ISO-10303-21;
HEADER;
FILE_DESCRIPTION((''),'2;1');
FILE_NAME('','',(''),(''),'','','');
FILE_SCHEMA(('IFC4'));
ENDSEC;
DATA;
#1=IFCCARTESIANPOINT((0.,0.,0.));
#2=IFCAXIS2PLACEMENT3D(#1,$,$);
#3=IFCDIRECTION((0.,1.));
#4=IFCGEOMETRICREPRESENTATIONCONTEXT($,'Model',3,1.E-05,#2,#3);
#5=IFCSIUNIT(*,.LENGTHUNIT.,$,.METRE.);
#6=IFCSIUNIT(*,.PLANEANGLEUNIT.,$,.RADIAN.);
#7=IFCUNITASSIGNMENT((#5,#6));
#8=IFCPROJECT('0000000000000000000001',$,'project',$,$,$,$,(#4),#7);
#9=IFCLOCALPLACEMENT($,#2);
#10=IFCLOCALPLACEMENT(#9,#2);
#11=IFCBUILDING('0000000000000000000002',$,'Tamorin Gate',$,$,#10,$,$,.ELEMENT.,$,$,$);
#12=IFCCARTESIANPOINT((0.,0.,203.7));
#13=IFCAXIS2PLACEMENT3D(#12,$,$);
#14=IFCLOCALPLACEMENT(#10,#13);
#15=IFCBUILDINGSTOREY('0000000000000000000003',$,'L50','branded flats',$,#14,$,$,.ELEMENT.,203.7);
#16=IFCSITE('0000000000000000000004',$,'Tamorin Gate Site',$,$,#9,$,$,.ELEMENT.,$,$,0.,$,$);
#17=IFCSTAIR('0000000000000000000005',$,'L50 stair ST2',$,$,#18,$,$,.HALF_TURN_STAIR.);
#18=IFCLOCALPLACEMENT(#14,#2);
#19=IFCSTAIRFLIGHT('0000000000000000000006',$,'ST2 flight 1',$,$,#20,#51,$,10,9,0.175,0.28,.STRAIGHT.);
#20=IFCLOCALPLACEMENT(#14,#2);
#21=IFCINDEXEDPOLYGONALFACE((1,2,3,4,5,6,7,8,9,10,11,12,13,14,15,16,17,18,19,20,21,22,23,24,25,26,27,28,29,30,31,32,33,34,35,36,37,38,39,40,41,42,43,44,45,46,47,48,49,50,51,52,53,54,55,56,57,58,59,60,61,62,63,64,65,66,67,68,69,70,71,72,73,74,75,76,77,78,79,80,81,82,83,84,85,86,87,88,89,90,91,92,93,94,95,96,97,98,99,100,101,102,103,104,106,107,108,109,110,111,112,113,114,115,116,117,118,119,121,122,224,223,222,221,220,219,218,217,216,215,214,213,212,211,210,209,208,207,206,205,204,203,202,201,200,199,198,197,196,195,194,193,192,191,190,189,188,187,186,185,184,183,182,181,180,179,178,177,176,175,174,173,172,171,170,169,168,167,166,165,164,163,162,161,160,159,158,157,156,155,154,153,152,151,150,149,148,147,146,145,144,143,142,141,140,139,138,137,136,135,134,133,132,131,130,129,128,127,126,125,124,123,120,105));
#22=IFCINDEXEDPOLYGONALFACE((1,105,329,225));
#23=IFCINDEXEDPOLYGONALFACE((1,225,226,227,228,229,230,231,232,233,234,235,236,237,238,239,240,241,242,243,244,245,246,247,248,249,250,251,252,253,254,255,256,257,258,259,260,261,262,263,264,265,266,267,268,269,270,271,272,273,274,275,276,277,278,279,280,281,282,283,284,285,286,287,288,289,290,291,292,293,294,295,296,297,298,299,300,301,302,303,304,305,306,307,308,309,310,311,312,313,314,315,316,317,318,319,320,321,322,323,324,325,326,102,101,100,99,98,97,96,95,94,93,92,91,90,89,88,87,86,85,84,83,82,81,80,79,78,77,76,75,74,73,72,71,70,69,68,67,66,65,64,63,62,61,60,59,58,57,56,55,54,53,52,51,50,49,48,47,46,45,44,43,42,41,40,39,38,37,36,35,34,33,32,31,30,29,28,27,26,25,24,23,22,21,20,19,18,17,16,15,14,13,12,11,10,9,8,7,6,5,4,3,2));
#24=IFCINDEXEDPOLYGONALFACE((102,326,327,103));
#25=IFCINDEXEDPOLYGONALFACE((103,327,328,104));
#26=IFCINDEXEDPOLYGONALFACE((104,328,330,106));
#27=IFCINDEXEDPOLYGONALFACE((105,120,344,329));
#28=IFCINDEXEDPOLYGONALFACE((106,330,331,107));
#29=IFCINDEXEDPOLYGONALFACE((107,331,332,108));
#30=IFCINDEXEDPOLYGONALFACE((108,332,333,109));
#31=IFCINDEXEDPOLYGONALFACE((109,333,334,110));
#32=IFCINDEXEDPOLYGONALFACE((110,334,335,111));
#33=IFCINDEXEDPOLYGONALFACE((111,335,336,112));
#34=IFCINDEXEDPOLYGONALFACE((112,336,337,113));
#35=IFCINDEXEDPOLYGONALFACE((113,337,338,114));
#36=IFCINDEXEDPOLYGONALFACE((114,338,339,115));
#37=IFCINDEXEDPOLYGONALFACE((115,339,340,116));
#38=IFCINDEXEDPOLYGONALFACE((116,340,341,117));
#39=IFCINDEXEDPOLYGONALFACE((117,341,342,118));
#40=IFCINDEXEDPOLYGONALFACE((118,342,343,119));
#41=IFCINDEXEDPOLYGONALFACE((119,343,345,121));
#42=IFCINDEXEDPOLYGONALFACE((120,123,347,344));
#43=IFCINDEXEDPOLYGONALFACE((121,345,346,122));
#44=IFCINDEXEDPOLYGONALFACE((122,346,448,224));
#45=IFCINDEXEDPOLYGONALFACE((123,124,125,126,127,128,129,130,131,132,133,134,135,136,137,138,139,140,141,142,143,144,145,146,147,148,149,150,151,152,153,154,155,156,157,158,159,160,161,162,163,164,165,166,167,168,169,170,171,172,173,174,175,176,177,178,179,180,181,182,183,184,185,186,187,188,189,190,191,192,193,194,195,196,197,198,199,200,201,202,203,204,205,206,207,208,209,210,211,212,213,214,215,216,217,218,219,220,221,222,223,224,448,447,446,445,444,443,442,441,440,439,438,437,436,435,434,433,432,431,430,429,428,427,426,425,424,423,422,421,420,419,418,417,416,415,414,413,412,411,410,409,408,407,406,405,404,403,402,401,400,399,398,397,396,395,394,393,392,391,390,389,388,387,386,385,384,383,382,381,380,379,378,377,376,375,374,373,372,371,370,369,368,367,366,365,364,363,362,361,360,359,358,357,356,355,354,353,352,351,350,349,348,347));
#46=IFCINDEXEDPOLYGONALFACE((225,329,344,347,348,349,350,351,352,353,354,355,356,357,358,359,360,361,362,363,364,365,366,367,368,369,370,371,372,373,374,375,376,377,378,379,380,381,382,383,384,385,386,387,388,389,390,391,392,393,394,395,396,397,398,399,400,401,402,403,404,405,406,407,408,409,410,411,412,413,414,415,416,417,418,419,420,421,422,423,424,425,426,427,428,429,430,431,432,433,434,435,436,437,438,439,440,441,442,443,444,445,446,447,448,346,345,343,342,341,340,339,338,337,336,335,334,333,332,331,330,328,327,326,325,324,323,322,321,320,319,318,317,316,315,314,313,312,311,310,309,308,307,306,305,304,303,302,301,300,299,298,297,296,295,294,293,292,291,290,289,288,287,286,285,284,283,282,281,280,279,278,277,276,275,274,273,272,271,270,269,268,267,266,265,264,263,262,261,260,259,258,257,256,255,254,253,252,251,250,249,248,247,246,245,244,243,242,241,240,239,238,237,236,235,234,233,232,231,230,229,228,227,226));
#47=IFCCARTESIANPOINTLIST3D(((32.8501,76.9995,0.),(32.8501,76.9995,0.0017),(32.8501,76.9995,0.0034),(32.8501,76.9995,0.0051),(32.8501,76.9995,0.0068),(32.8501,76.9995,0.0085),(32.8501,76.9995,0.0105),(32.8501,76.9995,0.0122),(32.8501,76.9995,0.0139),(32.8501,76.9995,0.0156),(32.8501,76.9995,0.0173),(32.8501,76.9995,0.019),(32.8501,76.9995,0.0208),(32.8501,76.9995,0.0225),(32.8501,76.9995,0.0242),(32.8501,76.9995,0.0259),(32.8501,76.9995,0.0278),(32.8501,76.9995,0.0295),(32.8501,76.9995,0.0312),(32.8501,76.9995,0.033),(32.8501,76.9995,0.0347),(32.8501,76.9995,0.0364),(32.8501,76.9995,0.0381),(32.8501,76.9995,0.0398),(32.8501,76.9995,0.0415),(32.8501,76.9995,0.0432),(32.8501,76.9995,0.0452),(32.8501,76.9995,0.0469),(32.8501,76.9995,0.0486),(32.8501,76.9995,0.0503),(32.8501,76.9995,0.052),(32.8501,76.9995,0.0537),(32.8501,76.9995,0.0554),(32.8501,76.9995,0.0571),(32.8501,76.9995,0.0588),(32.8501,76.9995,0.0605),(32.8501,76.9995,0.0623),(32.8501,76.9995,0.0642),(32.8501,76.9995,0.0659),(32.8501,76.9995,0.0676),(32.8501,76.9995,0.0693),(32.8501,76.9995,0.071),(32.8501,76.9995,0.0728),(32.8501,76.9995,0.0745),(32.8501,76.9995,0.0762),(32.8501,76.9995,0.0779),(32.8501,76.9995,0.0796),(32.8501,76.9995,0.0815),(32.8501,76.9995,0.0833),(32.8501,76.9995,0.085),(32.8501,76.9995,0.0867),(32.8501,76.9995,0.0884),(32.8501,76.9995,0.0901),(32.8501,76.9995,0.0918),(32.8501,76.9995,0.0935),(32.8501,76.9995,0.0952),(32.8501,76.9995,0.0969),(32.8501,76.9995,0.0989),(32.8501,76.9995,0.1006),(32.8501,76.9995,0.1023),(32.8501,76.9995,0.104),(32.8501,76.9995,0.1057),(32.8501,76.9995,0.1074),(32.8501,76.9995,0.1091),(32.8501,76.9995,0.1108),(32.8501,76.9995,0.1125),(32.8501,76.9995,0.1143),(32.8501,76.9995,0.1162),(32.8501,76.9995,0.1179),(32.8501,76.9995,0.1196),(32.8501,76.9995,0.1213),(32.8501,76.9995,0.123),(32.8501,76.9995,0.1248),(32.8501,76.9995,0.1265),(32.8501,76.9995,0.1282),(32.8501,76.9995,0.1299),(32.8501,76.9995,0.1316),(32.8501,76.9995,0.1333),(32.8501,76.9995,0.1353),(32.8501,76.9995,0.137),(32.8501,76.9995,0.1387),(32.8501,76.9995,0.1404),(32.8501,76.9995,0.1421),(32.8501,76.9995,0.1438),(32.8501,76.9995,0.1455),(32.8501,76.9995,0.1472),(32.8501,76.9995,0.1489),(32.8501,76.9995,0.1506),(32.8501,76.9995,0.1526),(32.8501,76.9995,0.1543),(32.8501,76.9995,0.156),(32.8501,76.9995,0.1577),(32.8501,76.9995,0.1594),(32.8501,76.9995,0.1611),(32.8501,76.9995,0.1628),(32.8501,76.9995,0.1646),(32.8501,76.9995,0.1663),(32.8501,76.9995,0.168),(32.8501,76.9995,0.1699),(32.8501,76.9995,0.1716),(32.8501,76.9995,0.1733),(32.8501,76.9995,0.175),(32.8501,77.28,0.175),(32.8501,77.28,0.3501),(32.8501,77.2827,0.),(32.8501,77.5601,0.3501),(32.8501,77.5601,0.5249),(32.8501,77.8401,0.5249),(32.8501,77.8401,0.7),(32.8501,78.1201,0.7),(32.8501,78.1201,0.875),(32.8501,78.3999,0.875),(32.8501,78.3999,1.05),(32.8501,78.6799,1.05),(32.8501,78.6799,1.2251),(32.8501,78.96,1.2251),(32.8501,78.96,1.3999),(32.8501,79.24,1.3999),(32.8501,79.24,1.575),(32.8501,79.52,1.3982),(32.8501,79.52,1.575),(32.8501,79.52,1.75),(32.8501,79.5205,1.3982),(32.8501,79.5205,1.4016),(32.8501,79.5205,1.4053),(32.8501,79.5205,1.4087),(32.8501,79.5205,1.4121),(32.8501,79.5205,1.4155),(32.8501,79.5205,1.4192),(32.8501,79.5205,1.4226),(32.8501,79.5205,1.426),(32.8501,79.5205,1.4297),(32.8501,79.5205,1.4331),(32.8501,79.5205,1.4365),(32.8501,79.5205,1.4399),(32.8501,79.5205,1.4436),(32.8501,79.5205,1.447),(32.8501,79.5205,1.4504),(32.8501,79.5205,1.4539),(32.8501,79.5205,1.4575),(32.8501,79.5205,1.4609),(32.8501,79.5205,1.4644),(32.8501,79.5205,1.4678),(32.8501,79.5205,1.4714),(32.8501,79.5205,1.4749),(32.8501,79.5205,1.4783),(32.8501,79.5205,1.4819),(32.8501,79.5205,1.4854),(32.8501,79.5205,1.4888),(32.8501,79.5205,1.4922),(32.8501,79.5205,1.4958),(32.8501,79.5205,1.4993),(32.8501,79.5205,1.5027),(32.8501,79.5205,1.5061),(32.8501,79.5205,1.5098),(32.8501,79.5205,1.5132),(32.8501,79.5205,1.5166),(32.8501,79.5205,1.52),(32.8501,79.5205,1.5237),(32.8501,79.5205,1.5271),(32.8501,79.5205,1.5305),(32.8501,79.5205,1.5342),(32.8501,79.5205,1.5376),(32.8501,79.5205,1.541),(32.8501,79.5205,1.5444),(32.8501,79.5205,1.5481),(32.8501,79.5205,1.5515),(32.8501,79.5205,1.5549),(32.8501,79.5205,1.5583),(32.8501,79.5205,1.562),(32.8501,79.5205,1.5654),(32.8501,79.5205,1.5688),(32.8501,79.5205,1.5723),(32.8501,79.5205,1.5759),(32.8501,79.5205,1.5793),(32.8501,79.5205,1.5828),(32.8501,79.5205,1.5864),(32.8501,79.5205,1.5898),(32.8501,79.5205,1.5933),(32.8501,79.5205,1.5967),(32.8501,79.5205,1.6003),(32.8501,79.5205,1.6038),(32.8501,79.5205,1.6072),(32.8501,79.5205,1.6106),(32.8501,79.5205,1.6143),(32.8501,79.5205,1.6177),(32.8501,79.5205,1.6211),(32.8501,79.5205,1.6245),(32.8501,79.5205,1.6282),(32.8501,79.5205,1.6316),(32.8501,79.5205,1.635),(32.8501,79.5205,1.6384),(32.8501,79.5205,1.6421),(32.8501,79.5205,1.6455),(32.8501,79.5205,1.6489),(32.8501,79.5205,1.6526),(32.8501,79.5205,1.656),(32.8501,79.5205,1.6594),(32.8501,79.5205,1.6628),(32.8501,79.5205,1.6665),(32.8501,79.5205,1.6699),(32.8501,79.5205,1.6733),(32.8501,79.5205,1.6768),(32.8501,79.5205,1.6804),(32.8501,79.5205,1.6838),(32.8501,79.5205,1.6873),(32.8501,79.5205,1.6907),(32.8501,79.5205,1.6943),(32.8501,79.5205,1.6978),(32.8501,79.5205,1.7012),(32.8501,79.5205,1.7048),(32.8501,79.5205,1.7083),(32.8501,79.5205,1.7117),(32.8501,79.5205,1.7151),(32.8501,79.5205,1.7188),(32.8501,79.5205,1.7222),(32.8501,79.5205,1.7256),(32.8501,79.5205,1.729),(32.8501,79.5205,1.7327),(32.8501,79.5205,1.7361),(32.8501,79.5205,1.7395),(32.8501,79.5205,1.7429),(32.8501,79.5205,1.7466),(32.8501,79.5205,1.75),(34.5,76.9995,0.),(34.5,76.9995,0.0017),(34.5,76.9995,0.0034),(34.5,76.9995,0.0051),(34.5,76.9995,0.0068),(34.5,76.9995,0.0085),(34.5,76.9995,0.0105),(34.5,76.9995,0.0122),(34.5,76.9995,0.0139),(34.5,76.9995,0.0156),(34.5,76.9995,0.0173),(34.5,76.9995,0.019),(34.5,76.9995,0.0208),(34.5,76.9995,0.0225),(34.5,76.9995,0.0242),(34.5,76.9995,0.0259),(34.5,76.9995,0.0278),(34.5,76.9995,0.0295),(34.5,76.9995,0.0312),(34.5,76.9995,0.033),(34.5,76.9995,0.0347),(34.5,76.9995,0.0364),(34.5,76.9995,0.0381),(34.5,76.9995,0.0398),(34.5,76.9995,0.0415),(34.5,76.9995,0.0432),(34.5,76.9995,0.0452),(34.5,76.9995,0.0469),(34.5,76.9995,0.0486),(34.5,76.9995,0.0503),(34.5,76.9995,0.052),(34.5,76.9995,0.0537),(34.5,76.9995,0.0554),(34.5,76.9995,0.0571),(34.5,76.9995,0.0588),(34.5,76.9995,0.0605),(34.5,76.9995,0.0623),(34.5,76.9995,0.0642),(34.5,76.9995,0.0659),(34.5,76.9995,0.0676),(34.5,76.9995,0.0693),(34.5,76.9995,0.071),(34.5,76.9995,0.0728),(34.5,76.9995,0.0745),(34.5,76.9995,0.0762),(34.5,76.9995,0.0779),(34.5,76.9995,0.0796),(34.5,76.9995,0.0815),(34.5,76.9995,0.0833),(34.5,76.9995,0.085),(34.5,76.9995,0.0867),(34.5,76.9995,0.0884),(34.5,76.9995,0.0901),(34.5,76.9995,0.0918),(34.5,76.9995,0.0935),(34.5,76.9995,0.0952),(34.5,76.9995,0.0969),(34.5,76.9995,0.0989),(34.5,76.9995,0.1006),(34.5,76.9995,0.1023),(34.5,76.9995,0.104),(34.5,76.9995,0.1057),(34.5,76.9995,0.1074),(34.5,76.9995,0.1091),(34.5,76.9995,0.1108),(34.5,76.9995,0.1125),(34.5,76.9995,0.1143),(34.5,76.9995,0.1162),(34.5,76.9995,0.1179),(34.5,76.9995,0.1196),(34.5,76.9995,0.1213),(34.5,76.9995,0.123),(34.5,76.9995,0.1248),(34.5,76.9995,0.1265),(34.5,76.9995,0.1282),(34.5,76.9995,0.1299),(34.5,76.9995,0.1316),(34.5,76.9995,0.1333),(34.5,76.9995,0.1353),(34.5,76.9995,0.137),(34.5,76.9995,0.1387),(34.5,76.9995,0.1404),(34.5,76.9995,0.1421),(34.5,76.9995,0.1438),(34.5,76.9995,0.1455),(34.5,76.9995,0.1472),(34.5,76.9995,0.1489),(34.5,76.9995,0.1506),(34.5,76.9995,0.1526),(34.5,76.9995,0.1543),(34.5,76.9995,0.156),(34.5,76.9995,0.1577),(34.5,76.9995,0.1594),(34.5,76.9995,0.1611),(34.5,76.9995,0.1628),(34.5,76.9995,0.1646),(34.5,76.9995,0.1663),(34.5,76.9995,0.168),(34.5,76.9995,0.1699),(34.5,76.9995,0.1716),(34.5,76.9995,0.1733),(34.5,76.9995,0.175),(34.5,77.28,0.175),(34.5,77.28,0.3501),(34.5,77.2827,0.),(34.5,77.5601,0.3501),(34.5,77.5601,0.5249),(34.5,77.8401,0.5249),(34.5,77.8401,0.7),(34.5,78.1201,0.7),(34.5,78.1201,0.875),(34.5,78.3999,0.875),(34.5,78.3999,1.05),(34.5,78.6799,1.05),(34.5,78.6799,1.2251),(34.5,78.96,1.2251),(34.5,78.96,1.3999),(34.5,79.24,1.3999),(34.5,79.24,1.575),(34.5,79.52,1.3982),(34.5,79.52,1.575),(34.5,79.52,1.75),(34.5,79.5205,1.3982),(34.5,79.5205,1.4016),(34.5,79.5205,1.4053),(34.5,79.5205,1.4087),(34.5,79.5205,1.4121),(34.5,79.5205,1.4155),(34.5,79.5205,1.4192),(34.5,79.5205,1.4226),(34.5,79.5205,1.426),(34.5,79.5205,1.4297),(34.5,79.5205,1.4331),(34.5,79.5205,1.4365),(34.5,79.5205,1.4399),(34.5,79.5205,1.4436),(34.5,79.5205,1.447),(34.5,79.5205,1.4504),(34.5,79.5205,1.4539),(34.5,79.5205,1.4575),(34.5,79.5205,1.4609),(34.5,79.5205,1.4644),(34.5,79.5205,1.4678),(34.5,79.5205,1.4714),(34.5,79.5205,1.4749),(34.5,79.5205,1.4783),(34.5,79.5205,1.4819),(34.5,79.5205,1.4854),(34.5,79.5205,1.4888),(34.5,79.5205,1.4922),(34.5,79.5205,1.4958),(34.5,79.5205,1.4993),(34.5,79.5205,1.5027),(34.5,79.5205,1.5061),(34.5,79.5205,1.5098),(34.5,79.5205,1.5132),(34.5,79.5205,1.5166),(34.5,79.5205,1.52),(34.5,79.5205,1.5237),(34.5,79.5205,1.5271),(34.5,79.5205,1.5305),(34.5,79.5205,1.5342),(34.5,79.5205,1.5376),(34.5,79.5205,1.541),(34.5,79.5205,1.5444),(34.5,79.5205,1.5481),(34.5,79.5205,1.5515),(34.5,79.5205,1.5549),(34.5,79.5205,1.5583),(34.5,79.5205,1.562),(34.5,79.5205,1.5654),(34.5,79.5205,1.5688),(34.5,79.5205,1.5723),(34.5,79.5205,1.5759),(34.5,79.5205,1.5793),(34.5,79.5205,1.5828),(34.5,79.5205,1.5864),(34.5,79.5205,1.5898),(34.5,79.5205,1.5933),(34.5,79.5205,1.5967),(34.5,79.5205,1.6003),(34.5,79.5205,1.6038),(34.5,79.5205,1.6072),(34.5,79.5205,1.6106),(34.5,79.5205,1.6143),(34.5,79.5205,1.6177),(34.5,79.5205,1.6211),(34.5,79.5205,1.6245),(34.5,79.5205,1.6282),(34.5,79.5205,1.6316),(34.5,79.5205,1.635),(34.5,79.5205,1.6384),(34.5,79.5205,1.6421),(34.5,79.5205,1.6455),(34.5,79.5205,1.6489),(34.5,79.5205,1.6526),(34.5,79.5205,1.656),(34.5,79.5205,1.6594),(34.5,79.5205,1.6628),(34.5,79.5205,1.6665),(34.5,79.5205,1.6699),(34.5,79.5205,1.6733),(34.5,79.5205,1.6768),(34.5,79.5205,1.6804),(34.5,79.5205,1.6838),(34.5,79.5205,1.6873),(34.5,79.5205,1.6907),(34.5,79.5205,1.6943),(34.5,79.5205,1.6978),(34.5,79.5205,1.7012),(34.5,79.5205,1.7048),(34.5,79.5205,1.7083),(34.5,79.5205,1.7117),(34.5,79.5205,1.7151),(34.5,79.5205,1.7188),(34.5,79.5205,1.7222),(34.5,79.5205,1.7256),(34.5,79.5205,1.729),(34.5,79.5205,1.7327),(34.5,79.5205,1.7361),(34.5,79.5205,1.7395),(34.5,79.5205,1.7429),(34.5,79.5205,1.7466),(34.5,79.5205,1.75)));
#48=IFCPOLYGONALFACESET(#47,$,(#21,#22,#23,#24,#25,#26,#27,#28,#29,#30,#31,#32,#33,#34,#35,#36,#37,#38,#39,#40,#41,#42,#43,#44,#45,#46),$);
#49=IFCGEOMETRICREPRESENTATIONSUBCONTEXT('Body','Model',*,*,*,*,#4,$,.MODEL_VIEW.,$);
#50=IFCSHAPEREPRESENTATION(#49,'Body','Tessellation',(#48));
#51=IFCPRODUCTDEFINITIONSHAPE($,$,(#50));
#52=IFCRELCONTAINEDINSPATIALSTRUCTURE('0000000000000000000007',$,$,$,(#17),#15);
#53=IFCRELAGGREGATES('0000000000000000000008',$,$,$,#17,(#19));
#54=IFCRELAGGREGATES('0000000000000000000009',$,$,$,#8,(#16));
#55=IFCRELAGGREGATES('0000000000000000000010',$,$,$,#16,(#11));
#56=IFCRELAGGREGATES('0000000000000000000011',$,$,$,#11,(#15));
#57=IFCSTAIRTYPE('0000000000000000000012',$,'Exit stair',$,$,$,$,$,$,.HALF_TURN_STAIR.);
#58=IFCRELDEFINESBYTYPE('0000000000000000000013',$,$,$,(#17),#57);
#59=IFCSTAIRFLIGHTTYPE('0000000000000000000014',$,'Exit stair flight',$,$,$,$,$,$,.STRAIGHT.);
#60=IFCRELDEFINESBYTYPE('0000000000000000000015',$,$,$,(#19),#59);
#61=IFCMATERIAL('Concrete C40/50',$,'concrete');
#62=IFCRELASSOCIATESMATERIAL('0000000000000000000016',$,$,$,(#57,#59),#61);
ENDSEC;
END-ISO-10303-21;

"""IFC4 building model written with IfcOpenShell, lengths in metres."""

from ifc_helpers import new_model, si_unit, direction, frame, origin, place, context, subcontext, project, spatial, polyline, outline, extrude, material, type_object, element, aggregate, save


model = new_model("IFC4")

# Units and contexts
model_context = context("Model", 3, precision=1e-05, world=origin(), true_north=direction((0.0, 1.0)))
body_context = subcontext(model_context, "Body", "Model", "MODEL_VIEW")
ifc_project = project(units=[si_unit("LENGTHUNIT", "METRE"), si_unit("PLANEANGLEUNIT", "RADIAN")], contexts=[model_context])

# Site, building, storey
site_placement = place(None, origin())
site = spatial("IfcSite", under=ifc_project, at=site_placement, Name="Tamorin Gate Site", CompositionType="ELEMENT", RefElevation=0.0)
building_placement = place(site_placement, origin())
building = spatial("IfcBuilding", under=site, at=building_placement, Name="Tamorin Gate", CompositionType="ELEMENT")
storey_placement = place(building_placement, frame((0.0, 0.0, 203.7)))
storey = spatial("IfcBuildingStorey", under=building, at=storey_placement, Name="L50", Description="branded flats", CompositionType="ELEMENT", Elevation=203.7)

# Shared definitions
ifc_material_1 = material(Name="Concrete C40/50", Category="concrete")

# Shared definitions
stair_type = type_object("IfcStairType", Name="Exit stair", PredefinedType="HALF_TURN_STAIR", material=ifc_material_1)
stair_flight_type = type_object("IfcStairFlightType", Name="Exit stair flight", PredefinedType="STRAIGHT", material=ifc_material_1)

# Stair, stair flight
stair_1_placement = place(storey_placement, origin())
stair_1 = element("IfcStair", 1, at=stair_1_placement, inside=storey, type_object=stair_type, Name="L50 stair ST2", PredefinedType="HALF_TURN_STAIR")
stair_flight_1_placement = place(storey_placement, frame((33.675, 77.0, 0.0), z_axis=(0.0, 0.0, 1.0), x_axis=(0.0, 1.0, 0.0)))
stair_flight_1 = element("IfcStairFlight", 2, at=stair_flight_1_placement, type_object=stair_flight_type, Name="ST2 flight 1", NumberOfRisers=10, NumberOfTreads=9, PredefinedType="STRAIGHT", RiserHeight=0.175, TreadLength=0.28, context=body_context, shape_type="SweptSolid", body=[
    extrude(outline(polyline([(-0.0005, 0.0), (-0.0005, 0.0017), (-0.0005, 0.0034), (-0.0005, 0.0051), (-0.0005, 0.0068), (-0.0005, 0.0085), (-0.0005, 0.0105), (-0.0005, 0.0122), (-0.0005, 0.0139), (-0.0005, 0.0156), (-0.0005, 0.0173), (-0.0005, 0.019), (-0.0005, 0.0208), (-0.0005, 0.0225), (-0.0005, 0.0242), (-0.0005, 0.0259), (-0.0005, 0.0278), (-0.0005, 0.0295), (-0.0005, 0.0312), (-0.0005, 0.033), (-0.0005, 0.0347), (-0.0005, 0.0364), (-0.0005, 0.0381), (-0.0005, 0.0398), (-0.0005, 0.0415), (-0.0005, 0.0432), (-0.0005, 0.0452), (-0.0005, 0.0469), (-0.0005, 0.0486), (-0.0005, 0.0503), (-0.0005, 0.052), (-0.0005, 0.0537), (-0.0005, 0.0554), (-0.0005, 0.0571), (-0.0005, 0.0588), (-0.0005, 0.0605), (-0.0005, 0.0623), (-0.0005, 0.0642), (-0.0005, 0.0659), (-0.0005, 0.0676), (-0.0005, 0.0693), (-0.0005, 0.071), (-0.0005, 0.0728), (-0.0005, 0.0745), (-0.0005, 0.0762), (-0.0005, 0.0779), (-0.0005, 0.0796), (-0.0005, 0.0815), (-0.0005, 0.0833), (-0.0005, 0.085), (-0.0005, 0.0867), (-0.0005, 0.0884), (-0.0005, 0.0901), (-0.0005, 0.0918), (-0.0005, 0.0935), (-0.0005, 0.0952), (-0.0005, 0.0969), (-0.0005, 0.0989), (-0.0005, 0.1006), (-0.0005, 0.1023), (-0.0005, 0.104), (-0.0005, 0.1057), (-0.0005, 0.1074), (-0.0005, 0.1091), (-0.0005, 0.1108), (-0.0005, 0.1125), (-0.0005, 0.1143), (-0.0005, 0.1162), (-0.0005, 0.1179), (-0.0005, 0.1196), (-0.0005, 0.1213), (-0.0005, 0.123), (-0.0005, 0.1248), (-0.0005, 0.1265), (-0.0005, 0.1282), (-0.0005, 0.1299), (-0.0005, 0.1316), (-0.0005, 0.1333), (-0.0005, 0.1353), (-0.0005, 0.137), (-0.0005, 0.1387), (-0.0005, 0.1404), (-0.0005, 0.1421), (-0.0005, 0.1438), (-0.0005, 0.1455), (-0.0005, 0.1472), (-0.0005, 0.1489), (-0.0005, 0.1506), (-0.0005, 0.1526), (-0.0005, 0.1543), (-0.0005, 0.156), (-0.0005, 0.1577), (-0.0005, 0.1594), (-0.0005, 0.1611), (-0.0005, 0.1628), (-0.0005, 0.1646), (-0.0005, 0.1663), (-0.0005, 0.168), (-0.0005, 0.1699), (-0.0005, 0.1716), (-0.0005, 0.1733), (-0.0005, 0.175), (0.28, 0.175), (0.28, 0.3501), (0.5601, 0.3501), (0.5601, 0.5249), (0.8401, 0.5249), (0.8401, 0.7), (1.1201, 0.7), (1.1201, 0.875), (1.3999, 0.875), (1.3999, 1.05), (1.6799, 1.05), (1.6799, 1.2251), (1.96, 1.2251), (1.96, 1.3999), (2.24, 1.3999), (2.24, 1.575), (2.52, 1.575), (2.52, 1.75), (2.5205, 1.75), (2.5205, 1.7466), (2.5205, 1.7429), (2.5205, 1.7395), (2.5205, 1.7361), (2.5205, 1.7327), (2.5205, 1.729), (2.5205, 1.7256), (2.5205, 1.7222), (2.5205, 1.7188), (2.5205, 1.7151), (2.5205, 1.7117), (2.5205, 1.7083), (2.5205, 1.7048), (2.5205, 1.7012), (2.5205, 1.6978), (2.5205, 1.6943), (2.5205, 1.6907), (2.5205, 1.6873), (2.5205, 1.6838), (2.5205, 1.6804), (2.5205, 1.6768), (2.5205, 1.6733), (2.5205, 1.6699), (2.5205, 1.6665), (2.5205, 1.6628), (2.5205, 1.6594), (2.5205, 1.656), (2.5205, 1.6526), (2.5205, 1.6489), (2.5205, 1.6455), (2.5205, 1.6421), (2.5205, 1.6384), (2.5205, 1.635), (2.5205, 1.6316), (2.5205, 1.6282), (2.5205, 1.6245), (2.5205, 1.6211), (2.5205, 1.6177), (2.5205, 1.6143), (2.5205, 1.6106), (2.5205, 1.6072), (2.5205, 1.6038), (2.5205, 1.6003), (2.5205, 1.5967), (2.5205, 1.5933), (2.5205, 1.5898), (2.5205, 1.5864), (2.5205, 1.5828), (2.5205, 1.5793), (2.5205, 1.5759), (2.5205, 1.5723), (2.5205, 1.5688), (2.5205, 1.5654), (2.5205, 1.562), (2.5205, 1.5583), (2.5205, 1.5549), (2.5205, 1.5515), (2.5205, 1.5481), (2.5205, 1.5444), (2.5205, 1.541), (2.5205, 1.5376), (2.5205, 1.5342), (2.5205, 1.5305), (2.5205, 1.5271), (2.5205, 1.5237), (2.5205, 1.52), (2.5205, 1.5166), (2.5205, 1.5132), (2.5205, 1.5098), (2.5205, 1.5061), (2.5205, 1.5027), (2.5205, 1.4993), (2.5205, 1.4958), (2.5205, 1.4922), (2.5205, 1.4888), (2.5205, 1.4854), (2.5205, 1.4819), (2.5205, 1.4783), (2.5205, 1.4749), (2.5205, 1.4714), (2.5205, 1.4678), (2.5205, 1.4644), (2.5205, 1.4609), (2.5205, 1.4575), (2.5205, 1.4539), (2.5205, 1.4504), (2.5205, 1.447), (2.5205, 1.4436), (2.5205, 1.4399), (2.5205, 1.4365), (2.5205, 1.4331), (2.5205, 1.4297), (2.5205, 1.426), (2.5205, 1.4226), (2.5205, 1.4192), (2.5205, 1.4155), (2.5205, 1.4121), (2.5205, 1.4087), (2.5205, 1.4053), (2.5205, 1.4016), (2.5205, 1.3982), (2.52, 1.3982), (0.2827, 0.0), (-0.0005, 0.0)])), frame((0.0, 0.825, 0.0), z_axis=(0.0, -1.0, 0.0), x_axis=(1.0, 0.0, 0.0)), (0.0, 0.0, 1.0), 1.6499),
])
aggregate(stair_1, [stair_flight_1])

save(model, "model.ifc")
